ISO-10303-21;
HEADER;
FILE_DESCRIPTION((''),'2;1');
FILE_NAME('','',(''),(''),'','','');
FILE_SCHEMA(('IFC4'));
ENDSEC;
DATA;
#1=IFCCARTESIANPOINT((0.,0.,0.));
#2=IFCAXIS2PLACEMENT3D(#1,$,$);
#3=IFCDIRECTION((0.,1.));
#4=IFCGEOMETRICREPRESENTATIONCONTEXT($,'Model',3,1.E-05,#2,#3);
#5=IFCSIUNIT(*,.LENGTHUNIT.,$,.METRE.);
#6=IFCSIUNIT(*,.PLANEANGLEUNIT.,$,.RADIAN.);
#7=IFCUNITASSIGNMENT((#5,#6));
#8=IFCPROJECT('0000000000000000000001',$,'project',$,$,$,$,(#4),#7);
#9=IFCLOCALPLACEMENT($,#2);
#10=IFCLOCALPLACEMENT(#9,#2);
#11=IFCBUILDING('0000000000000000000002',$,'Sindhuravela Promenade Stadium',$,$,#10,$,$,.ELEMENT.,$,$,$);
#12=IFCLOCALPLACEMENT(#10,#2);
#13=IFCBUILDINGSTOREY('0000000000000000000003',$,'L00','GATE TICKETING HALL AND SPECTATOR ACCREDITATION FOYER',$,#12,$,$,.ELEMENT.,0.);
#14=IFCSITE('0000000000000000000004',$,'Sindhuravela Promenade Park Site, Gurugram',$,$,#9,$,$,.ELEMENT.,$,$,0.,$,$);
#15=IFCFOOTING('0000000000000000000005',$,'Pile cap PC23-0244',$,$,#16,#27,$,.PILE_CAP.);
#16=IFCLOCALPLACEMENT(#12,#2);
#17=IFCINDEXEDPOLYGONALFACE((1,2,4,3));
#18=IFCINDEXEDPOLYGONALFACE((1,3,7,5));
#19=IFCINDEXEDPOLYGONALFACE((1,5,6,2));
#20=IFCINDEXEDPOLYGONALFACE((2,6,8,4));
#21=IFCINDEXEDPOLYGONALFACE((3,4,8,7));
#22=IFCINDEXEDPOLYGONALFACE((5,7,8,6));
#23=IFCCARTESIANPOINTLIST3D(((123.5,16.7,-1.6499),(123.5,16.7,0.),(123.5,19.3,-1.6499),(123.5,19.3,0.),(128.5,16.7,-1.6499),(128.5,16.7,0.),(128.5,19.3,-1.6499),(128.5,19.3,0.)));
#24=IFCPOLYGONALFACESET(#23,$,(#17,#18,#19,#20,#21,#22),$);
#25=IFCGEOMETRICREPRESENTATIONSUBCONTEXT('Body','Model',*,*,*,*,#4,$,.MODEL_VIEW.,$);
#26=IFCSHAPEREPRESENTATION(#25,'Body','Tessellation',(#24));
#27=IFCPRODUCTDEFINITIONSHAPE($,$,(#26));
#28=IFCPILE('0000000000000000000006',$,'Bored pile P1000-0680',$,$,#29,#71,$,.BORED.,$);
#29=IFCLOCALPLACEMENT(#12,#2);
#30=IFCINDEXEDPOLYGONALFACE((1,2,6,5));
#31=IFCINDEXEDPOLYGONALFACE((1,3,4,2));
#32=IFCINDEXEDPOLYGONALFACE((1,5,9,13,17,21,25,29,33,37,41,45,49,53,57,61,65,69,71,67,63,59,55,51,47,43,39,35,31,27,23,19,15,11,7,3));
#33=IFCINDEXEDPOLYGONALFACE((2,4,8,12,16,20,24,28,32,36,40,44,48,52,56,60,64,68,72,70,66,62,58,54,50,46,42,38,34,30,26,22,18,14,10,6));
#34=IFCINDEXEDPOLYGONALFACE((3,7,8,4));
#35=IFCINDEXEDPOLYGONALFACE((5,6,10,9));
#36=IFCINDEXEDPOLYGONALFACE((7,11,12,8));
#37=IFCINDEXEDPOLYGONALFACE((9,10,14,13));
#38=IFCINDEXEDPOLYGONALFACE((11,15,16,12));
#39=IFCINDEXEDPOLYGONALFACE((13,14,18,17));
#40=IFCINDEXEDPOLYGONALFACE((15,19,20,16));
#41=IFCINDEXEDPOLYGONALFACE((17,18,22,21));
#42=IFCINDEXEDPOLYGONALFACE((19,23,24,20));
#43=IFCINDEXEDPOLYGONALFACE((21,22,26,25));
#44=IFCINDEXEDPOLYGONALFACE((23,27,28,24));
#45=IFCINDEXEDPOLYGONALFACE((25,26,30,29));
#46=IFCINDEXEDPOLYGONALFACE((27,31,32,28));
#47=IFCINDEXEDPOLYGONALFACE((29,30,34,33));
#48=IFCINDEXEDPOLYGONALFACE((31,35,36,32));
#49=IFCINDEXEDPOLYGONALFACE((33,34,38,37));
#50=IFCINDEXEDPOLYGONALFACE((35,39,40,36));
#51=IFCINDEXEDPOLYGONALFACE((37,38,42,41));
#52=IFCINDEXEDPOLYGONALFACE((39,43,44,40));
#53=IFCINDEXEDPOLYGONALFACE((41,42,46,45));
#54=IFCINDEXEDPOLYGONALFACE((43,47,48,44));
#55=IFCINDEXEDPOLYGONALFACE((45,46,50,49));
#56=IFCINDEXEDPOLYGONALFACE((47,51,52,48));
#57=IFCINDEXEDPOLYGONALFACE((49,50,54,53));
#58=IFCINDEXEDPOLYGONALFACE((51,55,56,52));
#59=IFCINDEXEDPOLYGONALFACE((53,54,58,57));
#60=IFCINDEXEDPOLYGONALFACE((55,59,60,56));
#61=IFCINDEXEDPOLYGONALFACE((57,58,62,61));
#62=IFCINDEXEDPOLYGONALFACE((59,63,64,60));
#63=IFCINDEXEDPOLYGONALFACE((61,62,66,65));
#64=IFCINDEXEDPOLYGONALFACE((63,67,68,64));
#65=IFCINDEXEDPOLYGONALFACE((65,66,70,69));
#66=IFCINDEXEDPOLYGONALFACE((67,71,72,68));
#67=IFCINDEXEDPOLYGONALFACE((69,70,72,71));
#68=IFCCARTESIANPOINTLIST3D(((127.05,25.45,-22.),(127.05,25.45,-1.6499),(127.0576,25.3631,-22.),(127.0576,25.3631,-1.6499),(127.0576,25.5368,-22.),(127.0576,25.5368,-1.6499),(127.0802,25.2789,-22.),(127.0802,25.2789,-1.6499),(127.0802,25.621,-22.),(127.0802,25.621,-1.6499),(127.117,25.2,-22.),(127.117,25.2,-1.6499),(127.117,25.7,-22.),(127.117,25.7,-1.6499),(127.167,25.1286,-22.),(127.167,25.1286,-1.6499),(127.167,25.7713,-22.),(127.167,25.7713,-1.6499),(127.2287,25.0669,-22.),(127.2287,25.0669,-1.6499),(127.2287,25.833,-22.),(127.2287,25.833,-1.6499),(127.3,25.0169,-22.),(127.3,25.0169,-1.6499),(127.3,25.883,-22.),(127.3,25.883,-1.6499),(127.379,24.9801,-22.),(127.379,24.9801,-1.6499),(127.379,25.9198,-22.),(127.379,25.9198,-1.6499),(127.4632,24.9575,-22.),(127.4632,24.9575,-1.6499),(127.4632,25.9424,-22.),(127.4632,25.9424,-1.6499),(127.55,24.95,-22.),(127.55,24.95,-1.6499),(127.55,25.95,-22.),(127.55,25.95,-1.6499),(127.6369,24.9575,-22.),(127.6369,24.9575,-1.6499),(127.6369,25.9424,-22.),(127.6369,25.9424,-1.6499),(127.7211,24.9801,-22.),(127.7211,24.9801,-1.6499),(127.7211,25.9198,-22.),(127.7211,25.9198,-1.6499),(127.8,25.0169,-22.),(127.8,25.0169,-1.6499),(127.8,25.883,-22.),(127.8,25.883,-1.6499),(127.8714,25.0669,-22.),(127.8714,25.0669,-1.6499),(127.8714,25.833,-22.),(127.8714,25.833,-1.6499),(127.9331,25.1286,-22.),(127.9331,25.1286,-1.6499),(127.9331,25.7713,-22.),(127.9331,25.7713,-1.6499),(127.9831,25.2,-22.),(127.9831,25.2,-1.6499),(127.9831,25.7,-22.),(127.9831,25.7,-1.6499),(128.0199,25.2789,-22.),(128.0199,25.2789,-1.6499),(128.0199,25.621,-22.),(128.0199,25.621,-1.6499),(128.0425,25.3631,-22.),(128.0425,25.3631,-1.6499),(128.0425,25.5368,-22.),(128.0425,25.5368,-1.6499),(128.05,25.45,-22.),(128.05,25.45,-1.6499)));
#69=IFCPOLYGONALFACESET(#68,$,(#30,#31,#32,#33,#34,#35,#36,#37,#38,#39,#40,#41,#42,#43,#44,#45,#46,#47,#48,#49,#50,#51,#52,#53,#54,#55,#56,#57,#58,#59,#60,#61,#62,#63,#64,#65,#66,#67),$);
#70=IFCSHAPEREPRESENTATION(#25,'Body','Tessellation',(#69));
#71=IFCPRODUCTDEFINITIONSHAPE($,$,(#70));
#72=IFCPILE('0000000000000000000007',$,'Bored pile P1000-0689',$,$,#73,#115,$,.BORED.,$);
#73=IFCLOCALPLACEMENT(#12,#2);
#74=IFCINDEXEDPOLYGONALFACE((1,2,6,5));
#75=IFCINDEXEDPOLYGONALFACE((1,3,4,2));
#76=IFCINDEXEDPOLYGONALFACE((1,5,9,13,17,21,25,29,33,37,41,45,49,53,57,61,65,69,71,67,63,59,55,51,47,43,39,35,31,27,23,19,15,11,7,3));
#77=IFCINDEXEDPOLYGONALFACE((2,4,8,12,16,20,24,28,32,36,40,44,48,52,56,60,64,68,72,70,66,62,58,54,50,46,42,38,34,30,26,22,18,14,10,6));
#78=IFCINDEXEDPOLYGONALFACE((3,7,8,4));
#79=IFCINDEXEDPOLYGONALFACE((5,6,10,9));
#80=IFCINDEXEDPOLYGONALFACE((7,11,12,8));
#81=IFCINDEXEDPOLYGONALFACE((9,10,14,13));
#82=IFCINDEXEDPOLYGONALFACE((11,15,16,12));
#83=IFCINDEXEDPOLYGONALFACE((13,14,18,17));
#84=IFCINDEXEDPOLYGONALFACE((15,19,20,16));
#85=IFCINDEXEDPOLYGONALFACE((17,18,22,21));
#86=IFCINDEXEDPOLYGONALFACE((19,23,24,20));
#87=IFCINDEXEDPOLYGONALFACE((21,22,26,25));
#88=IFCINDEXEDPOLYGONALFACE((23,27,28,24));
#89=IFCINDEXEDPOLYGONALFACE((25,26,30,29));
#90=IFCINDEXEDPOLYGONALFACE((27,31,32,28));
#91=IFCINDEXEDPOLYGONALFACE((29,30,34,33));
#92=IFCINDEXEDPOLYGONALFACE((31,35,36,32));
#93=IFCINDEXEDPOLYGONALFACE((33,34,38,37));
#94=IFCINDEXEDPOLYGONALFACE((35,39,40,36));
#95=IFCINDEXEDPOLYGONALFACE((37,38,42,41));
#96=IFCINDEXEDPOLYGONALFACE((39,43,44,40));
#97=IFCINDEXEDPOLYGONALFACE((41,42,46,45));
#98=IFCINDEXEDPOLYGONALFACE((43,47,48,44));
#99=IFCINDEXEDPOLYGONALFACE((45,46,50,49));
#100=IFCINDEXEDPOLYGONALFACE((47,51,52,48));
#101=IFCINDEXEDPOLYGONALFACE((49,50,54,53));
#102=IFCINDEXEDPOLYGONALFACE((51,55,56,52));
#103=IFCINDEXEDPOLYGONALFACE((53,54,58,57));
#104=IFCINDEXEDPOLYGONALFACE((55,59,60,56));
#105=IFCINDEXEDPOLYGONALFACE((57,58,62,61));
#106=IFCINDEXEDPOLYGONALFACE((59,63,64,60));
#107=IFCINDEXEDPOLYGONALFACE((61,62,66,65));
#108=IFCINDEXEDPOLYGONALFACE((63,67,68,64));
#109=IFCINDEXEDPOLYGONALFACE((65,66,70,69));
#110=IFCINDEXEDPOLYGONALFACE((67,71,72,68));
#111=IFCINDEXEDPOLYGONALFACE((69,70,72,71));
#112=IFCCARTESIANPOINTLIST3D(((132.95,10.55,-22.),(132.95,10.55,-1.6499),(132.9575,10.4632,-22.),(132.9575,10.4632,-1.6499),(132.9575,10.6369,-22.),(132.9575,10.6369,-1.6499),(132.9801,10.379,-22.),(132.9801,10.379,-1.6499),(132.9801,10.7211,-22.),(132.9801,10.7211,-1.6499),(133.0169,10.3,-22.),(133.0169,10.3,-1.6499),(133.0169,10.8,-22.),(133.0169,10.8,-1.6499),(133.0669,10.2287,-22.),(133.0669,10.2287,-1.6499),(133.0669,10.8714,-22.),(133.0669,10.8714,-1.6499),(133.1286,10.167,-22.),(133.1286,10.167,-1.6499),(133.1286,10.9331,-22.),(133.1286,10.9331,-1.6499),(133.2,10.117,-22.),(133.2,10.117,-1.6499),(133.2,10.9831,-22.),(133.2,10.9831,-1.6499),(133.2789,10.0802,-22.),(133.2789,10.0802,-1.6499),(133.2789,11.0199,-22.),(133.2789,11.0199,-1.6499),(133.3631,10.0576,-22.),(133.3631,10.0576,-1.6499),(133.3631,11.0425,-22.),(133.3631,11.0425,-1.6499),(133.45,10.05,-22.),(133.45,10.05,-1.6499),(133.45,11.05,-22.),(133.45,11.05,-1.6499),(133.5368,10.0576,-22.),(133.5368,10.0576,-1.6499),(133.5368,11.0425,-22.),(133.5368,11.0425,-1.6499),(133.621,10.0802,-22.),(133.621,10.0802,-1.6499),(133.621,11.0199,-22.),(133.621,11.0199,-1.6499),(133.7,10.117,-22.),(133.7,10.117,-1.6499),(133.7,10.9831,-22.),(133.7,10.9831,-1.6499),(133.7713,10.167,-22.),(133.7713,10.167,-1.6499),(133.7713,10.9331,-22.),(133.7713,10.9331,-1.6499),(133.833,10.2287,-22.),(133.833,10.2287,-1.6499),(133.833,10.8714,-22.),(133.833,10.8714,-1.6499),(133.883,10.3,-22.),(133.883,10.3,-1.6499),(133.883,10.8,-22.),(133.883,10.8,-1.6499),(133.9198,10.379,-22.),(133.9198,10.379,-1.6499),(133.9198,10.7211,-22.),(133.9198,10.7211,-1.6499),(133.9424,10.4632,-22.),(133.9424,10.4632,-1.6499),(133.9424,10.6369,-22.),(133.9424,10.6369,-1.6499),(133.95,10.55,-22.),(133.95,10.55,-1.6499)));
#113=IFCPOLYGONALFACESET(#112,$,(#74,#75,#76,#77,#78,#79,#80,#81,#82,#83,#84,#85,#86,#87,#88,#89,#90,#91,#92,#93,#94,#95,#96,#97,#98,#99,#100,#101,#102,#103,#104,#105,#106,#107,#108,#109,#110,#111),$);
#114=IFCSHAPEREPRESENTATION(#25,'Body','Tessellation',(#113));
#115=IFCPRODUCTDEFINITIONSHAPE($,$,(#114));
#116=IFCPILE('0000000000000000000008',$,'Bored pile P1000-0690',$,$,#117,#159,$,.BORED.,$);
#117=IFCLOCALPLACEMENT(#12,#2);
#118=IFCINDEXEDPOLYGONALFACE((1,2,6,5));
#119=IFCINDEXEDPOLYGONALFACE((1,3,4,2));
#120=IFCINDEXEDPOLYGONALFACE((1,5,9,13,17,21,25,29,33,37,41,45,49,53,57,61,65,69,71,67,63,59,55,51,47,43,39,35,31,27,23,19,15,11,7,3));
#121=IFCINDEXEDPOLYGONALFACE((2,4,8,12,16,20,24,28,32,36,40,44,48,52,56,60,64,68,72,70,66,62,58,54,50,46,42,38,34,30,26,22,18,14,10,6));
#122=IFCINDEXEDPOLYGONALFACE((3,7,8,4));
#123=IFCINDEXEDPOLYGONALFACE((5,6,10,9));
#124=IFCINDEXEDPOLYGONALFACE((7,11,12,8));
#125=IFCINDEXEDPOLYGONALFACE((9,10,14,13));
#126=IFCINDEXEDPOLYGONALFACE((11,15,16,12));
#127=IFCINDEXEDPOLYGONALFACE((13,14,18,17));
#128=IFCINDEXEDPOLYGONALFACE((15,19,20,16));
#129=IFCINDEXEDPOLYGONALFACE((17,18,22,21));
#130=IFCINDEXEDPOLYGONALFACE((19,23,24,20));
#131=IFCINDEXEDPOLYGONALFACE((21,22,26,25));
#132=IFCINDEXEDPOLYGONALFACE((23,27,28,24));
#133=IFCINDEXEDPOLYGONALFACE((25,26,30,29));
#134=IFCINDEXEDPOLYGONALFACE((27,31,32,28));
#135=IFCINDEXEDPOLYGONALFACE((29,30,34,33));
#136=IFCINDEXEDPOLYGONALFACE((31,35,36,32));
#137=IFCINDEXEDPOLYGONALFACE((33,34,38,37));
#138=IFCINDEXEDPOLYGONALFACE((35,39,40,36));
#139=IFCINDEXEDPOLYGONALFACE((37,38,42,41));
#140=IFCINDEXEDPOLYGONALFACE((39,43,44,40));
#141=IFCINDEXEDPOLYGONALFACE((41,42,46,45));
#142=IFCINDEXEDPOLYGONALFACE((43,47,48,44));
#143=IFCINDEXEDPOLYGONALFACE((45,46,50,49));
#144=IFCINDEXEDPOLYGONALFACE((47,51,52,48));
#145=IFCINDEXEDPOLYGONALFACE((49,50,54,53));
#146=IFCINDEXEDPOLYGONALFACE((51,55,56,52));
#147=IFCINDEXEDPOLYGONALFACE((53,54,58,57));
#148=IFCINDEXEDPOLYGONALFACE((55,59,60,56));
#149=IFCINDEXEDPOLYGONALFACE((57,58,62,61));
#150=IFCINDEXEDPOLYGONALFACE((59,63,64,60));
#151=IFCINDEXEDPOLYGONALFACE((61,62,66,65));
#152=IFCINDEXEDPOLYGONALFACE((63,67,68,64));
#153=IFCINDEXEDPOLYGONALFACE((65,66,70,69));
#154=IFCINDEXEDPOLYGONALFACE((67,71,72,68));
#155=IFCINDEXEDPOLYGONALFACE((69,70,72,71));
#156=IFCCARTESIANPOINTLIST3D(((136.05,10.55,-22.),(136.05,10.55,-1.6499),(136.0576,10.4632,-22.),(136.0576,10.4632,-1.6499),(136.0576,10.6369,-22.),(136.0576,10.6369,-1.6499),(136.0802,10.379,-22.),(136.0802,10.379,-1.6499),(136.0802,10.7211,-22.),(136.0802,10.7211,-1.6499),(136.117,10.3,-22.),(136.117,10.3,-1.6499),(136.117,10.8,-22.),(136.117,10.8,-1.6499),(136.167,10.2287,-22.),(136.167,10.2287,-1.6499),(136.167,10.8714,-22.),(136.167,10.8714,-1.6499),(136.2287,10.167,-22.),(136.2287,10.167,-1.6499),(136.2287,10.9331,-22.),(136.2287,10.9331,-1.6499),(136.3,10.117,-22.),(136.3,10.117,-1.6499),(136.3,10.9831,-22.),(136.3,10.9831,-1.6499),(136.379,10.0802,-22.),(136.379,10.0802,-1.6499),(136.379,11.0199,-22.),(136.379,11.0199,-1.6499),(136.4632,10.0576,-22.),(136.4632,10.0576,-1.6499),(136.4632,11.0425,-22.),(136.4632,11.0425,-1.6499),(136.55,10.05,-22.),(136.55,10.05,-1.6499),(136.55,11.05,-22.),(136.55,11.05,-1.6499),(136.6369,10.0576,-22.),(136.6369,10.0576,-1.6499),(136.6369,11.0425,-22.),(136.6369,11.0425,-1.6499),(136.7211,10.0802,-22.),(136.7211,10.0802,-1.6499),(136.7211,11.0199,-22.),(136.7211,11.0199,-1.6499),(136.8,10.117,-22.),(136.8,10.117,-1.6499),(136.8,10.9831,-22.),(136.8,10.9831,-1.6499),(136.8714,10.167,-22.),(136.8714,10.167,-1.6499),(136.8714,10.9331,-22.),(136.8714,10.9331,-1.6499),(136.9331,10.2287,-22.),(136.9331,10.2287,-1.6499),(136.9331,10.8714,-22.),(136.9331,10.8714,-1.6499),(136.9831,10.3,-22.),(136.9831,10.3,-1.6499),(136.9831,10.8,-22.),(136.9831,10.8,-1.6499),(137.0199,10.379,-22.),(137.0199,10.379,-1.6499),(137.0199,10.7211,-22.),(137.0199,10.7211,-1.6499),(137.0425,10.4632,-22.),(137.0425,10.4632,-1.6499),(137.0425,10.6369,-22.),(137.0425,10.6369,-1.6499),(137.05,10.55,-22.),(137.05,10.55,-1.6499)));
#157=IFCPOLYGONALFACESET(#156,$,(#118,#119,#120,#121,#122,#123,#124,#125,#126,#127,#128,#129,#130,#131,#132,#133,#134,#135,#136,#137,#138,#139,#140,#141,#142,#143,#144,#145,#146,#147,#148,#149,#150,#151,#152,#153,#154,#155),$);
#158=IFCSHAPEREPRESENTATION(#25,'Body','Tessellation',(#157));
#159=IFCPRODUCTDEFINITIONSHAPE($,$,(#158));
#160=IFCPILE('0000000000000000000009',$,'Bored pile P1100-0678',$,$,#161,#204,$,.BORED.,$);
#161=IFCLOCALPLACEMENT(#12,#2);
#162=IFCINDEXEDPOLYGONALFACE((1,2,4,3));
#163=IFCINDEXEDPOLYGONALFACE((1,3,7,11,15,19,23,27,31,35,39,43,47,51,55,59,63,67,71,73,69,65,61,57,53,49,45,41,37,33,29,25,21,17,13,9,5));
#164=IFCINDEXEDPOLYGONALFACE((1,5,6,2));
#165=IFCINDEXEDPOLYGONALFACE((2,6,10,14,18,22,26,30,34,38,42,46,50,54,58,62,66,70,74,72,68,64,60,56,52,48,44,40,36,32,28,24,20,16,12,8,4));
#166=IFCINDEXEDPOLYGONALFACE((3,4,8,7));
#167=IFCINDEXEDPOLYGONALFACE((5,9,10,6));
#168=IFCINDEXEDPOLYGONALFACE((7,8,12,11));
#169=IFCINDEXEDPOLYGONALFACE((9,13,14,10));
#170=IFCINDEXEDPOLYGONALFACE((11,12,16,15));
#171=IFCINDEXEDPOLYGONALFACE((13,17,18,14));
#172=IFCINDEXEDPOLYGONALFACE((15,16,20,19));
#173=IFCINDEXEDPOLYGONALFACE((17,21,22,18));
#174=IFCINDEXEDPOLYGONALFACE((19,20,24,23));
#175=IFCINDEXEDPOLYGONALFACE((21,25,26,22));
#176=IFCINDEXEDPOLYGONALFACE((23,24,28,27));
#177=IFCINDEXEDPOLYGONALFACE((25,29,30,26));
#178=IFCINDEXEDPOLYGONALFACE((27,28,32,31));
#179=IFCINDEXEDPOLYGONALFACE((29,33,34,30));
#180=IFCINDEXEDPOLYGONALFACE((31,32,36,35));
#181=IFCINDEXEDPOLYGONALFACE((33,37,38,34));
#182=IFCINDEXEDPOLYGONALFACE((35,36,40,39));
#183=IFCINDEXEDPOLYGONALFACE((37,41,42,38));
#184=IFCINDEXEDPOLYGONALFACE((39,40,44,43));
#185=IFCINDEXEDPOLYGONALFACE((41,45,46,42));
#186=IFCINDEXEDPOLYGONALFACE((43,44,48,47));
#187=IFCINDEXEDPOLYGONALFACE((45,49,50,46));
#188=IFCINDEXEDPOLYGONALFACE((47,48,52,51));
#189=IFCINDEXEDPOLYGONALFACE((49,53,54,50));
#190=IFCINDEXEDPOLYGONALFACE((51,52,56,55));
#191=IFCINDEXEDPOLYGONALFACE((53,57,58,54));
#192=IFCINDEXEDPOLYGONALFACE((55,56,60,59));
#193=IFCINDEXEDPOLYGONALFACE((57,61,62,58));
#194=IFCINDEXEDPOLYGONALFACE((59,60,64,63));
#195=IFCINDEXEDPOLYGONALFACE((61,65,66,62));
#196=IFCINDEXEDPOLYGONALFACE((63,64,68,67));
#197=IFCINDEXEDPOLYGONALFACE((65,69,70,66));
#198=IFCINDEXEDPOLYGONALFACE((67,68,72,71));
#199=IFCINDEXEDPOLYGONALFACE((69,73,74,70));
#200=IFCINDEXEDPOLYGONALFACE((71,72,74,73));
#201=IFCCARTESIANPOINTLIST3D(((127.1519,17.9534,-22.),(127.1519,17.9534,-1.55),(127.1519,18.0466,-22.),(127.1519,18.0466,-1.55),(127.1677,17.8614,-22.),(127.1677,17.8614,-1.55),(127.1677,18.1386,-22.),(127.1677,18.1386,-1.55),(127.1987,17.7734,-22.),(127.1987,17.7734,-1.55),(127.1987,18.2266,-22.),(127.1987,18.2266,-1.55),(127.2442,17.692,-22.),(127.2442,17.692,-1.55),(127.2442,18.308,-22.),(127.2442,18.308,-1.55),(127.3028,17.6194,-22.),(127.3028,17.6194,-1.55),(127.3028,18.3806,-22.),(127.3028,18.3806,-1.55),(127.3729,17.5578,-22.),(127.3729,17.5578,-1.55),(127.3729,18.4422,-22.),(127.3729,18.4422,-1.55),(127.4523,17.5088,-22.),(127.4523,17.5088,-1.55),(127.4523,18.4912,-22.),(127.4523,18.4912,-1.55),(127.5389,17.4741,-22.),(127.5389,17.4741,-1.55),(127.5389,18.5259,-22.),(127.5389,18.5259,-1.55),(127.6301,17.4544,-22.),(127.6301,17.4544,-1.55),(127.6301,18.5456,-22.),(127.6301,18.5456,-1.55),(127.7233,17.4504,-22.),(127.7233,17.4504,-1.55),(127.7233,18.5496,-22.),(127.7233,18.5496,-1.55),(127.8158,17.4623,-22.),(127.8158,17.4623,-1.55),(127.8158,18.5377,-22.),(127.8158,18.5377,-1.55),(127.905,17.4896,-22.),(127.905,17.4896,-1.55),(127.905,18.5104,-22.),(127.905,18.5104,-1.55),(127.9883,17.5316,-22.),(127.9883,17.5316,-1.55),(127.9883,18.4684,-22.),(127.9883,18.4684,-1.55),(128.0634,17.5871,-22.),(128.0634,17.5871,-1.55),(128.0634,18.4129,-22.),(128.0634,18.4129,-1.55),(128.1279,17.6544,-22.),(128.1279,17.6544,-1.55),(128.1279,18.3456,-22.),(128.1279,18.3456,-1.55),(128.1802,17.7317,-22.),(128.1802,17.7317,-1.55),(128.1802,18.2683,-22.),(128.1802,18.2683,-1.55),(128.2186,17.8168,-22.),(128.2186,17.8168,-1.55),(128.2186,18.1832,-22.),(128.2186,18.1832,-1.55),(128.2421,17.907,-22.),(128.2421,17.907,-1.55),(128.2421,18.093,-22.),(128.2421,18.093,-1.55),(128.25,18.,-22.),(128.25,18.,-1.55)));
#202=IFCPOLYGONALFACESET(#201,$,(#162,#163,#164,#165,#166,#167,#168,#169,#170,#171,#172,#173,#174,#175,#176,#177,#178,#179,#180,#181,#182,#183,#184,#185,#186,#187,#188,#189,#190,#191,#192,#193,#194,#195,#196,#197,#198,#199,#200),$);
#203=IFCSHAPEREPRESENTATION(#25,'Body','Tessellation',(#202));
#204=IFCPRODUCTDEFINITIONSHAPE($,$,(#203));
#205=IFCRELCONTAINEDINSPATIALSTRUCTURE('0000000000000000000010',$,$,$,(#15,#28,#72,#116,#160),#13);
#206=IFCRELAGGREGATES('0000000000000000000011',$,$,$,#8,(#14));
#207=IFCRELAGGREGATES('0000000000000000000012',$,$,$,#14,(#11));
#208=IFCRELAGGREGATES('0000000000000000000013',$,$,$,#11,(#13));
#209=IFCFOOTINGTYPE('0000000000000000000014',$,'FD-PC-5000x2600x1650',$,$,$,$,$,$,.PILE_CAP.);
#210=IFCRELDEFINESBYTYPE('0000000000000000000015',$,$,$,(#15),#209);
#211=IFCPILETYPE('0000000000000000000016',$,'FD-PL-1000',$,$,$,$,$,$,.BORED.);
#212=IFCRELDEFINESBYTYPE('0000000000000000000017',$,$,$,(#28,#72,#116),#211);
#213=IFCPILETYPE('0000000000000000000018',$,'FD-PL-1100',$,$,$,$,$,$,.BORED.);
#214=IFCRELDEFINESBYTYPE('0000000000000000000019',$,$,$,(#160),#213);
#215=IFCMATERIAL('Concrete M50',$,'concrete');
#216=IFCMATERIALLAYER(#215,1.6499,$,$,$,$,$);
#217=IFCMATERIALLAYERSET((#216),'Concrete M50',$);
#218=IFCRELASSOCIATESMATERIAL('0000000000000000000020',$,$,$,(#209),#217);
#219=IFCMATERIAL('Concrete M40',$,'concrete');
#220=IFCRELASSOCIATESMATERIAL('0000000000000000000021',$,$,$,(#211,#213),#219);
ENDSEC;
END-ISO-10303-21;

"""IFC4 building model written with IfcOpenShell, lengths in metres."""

from ifc_helpers import new_model, si_unit, direction, frame, origin, origin_2d, place, context, subcontext, project, spatial, rectangle, circle, extrude, material, layer, layer_set, material_profile, profile_set, type_object, element, save


model = new_model("IFC4")

# Units and contexts
model_context = context("Model", 3, precision=1e-05, world=origin(), true_north=direction((0.0, 1.0)))
body_context = subcontext(model_context, "Body", "Model", "MODEL_VIEW")
ifc_project = project(units=[si_unit("LENGTHUNIT", "METRE"), si_unit("PLANEANGLEUNIT", "RADIAN")], contexts=[model_context])

# Site, building, storey
site_placement = place(None, origin())
site = spatial("IfcSite", under=ifc_project, at=site_placement, Name="Sindhuravela Promenade Park Site, Gurugram", CompositionType="ELEMENT", RefElevation=0.0)
building_placement = place(site_placement, origin())
building = spatial("IfcBuilding", under=site, at=building_placement, Name="Sindhuravela Promenade Stadium", CompositionType="ELEMENT")
storey_placement = place(building_placement, origin())
storey = spatial("IfcBuildingStorey", under=building, at=storey_placement, Name="L00", Description="GATE TICKETING HALL AND SPECTATOR ACCREDITATION FOYER", CompositionType="ELEMENT", Elevation=0.0)

# Footing
ifc_material_1 = material(Name="Concrete M50", Category="concrete")
ifc_layer_1 = layer(ifc_material_1, 1.6499)
ifc_layer_set_1 = layer_set([ifc_layer_1], Name="Concrete M50")
footing_type = type_object("IfcFootingType", Name="FD-PC-5000x2600x1650", PredefinedType="PILE_CAP", material=ifc_layer_set_1)
footing_placement = place(storey_placement, frame((126.0, 18.0, -1.6499), z_axis=(0.0, 0.0, 1.0), x_axis=(1.0, 0.0, 0.0)))
element("IfcFooting", 1, at=footing_placement, inside=storey, type_object=footing_type, Name="Pile cap PC23-0244", PredefinedType="PILE_CAP", context=body_context, shape_type="SweptSolid", body=[
    extrude(rectangle(XDim=5.0, YDim=2.6001, at=origin_2d()), origin(), (0.0, 0.0, 1.0), 1.6499),
])

# Piles
ifc_material_2 = material(Name="Concrete M40", Category="concrete")
ifc_material_profile_1 = material_profile(ifc_material_2, circle(Radius=0.5, at=origin_2d()), Name="BORED PILE D1000")
ifc_profile_set_1 = profile_set([ifc_material_profile_1], Name="Concrete M40")
pile_type_1 = type_object("IfcPileType", Name="FD-PL-1000", PredefinedType="BORED", material=ifc_profile_set_1)
for number, where, z_axis, x_axis, name in (
    (2, (127.55, 25.45, -1.6499), (0.0, 0.0, -1.0), (1.0, 0.0, 0.0), "Bored pile P1000-0680"),
    (3, (133.45, 10.55, -1.6499), (0.0, 0.0, -1.0), (1.0, 0.0, 0.0), "Bored pile P1000-0689"),
    (4, (136.55, 10.55, -1.6499), (0.0, 0.0, -1.0), (1.0, 0.0, 0.0), "Bored pile P1000-0690"),
):
    element("IfcPile", number, at=place(storey_placement, frame(where, z_axis=z_axis, x_axis=x_axis)), inside=storey, type_object=pile_type_1, Name=name, PredefinedType="BORED", context=body_context, shape_type="SweptSolid", body=[
        extrude(circle(Radius=0.5, at=origin_2d()), origin(), (0.0, 0.0, 1.0), 20.3501),
    ])
ifc_material_profile_2 = material_profile(ifc_material_2, circle(Radius=0.55, at=origin_2d()), Name="BORED PILE D1100")
ifc_profile_set_2 = profile_set([ifc_material_profile_2], Name="Concrete M40")
pile_type_2 = type_object("IfcPileType", Name="FD-PL-1100", PredefinedType="BORED", material=ifc_profile_set_2)
pile_placement = place(storey_placement, frame((127.7, 18.0, -1.55), z_axis=(0.0, 0.0, -1.0), x_axis=(1.0, 0.0, 0.0)))
element("IfcPile", 5, at=pile_placement, inside=storey, type_object=pile_type_2, Name="Bored pile P1100-0678", PredefinedType="BORED", context=body_context, shape_type="SweptSolid", body=[
    extrude(circle(Radius=0.55, at=origin_2d()), origin(), (0.0, 0.0, 1.0), 20.45),
])

save(model, "model.ifc")
